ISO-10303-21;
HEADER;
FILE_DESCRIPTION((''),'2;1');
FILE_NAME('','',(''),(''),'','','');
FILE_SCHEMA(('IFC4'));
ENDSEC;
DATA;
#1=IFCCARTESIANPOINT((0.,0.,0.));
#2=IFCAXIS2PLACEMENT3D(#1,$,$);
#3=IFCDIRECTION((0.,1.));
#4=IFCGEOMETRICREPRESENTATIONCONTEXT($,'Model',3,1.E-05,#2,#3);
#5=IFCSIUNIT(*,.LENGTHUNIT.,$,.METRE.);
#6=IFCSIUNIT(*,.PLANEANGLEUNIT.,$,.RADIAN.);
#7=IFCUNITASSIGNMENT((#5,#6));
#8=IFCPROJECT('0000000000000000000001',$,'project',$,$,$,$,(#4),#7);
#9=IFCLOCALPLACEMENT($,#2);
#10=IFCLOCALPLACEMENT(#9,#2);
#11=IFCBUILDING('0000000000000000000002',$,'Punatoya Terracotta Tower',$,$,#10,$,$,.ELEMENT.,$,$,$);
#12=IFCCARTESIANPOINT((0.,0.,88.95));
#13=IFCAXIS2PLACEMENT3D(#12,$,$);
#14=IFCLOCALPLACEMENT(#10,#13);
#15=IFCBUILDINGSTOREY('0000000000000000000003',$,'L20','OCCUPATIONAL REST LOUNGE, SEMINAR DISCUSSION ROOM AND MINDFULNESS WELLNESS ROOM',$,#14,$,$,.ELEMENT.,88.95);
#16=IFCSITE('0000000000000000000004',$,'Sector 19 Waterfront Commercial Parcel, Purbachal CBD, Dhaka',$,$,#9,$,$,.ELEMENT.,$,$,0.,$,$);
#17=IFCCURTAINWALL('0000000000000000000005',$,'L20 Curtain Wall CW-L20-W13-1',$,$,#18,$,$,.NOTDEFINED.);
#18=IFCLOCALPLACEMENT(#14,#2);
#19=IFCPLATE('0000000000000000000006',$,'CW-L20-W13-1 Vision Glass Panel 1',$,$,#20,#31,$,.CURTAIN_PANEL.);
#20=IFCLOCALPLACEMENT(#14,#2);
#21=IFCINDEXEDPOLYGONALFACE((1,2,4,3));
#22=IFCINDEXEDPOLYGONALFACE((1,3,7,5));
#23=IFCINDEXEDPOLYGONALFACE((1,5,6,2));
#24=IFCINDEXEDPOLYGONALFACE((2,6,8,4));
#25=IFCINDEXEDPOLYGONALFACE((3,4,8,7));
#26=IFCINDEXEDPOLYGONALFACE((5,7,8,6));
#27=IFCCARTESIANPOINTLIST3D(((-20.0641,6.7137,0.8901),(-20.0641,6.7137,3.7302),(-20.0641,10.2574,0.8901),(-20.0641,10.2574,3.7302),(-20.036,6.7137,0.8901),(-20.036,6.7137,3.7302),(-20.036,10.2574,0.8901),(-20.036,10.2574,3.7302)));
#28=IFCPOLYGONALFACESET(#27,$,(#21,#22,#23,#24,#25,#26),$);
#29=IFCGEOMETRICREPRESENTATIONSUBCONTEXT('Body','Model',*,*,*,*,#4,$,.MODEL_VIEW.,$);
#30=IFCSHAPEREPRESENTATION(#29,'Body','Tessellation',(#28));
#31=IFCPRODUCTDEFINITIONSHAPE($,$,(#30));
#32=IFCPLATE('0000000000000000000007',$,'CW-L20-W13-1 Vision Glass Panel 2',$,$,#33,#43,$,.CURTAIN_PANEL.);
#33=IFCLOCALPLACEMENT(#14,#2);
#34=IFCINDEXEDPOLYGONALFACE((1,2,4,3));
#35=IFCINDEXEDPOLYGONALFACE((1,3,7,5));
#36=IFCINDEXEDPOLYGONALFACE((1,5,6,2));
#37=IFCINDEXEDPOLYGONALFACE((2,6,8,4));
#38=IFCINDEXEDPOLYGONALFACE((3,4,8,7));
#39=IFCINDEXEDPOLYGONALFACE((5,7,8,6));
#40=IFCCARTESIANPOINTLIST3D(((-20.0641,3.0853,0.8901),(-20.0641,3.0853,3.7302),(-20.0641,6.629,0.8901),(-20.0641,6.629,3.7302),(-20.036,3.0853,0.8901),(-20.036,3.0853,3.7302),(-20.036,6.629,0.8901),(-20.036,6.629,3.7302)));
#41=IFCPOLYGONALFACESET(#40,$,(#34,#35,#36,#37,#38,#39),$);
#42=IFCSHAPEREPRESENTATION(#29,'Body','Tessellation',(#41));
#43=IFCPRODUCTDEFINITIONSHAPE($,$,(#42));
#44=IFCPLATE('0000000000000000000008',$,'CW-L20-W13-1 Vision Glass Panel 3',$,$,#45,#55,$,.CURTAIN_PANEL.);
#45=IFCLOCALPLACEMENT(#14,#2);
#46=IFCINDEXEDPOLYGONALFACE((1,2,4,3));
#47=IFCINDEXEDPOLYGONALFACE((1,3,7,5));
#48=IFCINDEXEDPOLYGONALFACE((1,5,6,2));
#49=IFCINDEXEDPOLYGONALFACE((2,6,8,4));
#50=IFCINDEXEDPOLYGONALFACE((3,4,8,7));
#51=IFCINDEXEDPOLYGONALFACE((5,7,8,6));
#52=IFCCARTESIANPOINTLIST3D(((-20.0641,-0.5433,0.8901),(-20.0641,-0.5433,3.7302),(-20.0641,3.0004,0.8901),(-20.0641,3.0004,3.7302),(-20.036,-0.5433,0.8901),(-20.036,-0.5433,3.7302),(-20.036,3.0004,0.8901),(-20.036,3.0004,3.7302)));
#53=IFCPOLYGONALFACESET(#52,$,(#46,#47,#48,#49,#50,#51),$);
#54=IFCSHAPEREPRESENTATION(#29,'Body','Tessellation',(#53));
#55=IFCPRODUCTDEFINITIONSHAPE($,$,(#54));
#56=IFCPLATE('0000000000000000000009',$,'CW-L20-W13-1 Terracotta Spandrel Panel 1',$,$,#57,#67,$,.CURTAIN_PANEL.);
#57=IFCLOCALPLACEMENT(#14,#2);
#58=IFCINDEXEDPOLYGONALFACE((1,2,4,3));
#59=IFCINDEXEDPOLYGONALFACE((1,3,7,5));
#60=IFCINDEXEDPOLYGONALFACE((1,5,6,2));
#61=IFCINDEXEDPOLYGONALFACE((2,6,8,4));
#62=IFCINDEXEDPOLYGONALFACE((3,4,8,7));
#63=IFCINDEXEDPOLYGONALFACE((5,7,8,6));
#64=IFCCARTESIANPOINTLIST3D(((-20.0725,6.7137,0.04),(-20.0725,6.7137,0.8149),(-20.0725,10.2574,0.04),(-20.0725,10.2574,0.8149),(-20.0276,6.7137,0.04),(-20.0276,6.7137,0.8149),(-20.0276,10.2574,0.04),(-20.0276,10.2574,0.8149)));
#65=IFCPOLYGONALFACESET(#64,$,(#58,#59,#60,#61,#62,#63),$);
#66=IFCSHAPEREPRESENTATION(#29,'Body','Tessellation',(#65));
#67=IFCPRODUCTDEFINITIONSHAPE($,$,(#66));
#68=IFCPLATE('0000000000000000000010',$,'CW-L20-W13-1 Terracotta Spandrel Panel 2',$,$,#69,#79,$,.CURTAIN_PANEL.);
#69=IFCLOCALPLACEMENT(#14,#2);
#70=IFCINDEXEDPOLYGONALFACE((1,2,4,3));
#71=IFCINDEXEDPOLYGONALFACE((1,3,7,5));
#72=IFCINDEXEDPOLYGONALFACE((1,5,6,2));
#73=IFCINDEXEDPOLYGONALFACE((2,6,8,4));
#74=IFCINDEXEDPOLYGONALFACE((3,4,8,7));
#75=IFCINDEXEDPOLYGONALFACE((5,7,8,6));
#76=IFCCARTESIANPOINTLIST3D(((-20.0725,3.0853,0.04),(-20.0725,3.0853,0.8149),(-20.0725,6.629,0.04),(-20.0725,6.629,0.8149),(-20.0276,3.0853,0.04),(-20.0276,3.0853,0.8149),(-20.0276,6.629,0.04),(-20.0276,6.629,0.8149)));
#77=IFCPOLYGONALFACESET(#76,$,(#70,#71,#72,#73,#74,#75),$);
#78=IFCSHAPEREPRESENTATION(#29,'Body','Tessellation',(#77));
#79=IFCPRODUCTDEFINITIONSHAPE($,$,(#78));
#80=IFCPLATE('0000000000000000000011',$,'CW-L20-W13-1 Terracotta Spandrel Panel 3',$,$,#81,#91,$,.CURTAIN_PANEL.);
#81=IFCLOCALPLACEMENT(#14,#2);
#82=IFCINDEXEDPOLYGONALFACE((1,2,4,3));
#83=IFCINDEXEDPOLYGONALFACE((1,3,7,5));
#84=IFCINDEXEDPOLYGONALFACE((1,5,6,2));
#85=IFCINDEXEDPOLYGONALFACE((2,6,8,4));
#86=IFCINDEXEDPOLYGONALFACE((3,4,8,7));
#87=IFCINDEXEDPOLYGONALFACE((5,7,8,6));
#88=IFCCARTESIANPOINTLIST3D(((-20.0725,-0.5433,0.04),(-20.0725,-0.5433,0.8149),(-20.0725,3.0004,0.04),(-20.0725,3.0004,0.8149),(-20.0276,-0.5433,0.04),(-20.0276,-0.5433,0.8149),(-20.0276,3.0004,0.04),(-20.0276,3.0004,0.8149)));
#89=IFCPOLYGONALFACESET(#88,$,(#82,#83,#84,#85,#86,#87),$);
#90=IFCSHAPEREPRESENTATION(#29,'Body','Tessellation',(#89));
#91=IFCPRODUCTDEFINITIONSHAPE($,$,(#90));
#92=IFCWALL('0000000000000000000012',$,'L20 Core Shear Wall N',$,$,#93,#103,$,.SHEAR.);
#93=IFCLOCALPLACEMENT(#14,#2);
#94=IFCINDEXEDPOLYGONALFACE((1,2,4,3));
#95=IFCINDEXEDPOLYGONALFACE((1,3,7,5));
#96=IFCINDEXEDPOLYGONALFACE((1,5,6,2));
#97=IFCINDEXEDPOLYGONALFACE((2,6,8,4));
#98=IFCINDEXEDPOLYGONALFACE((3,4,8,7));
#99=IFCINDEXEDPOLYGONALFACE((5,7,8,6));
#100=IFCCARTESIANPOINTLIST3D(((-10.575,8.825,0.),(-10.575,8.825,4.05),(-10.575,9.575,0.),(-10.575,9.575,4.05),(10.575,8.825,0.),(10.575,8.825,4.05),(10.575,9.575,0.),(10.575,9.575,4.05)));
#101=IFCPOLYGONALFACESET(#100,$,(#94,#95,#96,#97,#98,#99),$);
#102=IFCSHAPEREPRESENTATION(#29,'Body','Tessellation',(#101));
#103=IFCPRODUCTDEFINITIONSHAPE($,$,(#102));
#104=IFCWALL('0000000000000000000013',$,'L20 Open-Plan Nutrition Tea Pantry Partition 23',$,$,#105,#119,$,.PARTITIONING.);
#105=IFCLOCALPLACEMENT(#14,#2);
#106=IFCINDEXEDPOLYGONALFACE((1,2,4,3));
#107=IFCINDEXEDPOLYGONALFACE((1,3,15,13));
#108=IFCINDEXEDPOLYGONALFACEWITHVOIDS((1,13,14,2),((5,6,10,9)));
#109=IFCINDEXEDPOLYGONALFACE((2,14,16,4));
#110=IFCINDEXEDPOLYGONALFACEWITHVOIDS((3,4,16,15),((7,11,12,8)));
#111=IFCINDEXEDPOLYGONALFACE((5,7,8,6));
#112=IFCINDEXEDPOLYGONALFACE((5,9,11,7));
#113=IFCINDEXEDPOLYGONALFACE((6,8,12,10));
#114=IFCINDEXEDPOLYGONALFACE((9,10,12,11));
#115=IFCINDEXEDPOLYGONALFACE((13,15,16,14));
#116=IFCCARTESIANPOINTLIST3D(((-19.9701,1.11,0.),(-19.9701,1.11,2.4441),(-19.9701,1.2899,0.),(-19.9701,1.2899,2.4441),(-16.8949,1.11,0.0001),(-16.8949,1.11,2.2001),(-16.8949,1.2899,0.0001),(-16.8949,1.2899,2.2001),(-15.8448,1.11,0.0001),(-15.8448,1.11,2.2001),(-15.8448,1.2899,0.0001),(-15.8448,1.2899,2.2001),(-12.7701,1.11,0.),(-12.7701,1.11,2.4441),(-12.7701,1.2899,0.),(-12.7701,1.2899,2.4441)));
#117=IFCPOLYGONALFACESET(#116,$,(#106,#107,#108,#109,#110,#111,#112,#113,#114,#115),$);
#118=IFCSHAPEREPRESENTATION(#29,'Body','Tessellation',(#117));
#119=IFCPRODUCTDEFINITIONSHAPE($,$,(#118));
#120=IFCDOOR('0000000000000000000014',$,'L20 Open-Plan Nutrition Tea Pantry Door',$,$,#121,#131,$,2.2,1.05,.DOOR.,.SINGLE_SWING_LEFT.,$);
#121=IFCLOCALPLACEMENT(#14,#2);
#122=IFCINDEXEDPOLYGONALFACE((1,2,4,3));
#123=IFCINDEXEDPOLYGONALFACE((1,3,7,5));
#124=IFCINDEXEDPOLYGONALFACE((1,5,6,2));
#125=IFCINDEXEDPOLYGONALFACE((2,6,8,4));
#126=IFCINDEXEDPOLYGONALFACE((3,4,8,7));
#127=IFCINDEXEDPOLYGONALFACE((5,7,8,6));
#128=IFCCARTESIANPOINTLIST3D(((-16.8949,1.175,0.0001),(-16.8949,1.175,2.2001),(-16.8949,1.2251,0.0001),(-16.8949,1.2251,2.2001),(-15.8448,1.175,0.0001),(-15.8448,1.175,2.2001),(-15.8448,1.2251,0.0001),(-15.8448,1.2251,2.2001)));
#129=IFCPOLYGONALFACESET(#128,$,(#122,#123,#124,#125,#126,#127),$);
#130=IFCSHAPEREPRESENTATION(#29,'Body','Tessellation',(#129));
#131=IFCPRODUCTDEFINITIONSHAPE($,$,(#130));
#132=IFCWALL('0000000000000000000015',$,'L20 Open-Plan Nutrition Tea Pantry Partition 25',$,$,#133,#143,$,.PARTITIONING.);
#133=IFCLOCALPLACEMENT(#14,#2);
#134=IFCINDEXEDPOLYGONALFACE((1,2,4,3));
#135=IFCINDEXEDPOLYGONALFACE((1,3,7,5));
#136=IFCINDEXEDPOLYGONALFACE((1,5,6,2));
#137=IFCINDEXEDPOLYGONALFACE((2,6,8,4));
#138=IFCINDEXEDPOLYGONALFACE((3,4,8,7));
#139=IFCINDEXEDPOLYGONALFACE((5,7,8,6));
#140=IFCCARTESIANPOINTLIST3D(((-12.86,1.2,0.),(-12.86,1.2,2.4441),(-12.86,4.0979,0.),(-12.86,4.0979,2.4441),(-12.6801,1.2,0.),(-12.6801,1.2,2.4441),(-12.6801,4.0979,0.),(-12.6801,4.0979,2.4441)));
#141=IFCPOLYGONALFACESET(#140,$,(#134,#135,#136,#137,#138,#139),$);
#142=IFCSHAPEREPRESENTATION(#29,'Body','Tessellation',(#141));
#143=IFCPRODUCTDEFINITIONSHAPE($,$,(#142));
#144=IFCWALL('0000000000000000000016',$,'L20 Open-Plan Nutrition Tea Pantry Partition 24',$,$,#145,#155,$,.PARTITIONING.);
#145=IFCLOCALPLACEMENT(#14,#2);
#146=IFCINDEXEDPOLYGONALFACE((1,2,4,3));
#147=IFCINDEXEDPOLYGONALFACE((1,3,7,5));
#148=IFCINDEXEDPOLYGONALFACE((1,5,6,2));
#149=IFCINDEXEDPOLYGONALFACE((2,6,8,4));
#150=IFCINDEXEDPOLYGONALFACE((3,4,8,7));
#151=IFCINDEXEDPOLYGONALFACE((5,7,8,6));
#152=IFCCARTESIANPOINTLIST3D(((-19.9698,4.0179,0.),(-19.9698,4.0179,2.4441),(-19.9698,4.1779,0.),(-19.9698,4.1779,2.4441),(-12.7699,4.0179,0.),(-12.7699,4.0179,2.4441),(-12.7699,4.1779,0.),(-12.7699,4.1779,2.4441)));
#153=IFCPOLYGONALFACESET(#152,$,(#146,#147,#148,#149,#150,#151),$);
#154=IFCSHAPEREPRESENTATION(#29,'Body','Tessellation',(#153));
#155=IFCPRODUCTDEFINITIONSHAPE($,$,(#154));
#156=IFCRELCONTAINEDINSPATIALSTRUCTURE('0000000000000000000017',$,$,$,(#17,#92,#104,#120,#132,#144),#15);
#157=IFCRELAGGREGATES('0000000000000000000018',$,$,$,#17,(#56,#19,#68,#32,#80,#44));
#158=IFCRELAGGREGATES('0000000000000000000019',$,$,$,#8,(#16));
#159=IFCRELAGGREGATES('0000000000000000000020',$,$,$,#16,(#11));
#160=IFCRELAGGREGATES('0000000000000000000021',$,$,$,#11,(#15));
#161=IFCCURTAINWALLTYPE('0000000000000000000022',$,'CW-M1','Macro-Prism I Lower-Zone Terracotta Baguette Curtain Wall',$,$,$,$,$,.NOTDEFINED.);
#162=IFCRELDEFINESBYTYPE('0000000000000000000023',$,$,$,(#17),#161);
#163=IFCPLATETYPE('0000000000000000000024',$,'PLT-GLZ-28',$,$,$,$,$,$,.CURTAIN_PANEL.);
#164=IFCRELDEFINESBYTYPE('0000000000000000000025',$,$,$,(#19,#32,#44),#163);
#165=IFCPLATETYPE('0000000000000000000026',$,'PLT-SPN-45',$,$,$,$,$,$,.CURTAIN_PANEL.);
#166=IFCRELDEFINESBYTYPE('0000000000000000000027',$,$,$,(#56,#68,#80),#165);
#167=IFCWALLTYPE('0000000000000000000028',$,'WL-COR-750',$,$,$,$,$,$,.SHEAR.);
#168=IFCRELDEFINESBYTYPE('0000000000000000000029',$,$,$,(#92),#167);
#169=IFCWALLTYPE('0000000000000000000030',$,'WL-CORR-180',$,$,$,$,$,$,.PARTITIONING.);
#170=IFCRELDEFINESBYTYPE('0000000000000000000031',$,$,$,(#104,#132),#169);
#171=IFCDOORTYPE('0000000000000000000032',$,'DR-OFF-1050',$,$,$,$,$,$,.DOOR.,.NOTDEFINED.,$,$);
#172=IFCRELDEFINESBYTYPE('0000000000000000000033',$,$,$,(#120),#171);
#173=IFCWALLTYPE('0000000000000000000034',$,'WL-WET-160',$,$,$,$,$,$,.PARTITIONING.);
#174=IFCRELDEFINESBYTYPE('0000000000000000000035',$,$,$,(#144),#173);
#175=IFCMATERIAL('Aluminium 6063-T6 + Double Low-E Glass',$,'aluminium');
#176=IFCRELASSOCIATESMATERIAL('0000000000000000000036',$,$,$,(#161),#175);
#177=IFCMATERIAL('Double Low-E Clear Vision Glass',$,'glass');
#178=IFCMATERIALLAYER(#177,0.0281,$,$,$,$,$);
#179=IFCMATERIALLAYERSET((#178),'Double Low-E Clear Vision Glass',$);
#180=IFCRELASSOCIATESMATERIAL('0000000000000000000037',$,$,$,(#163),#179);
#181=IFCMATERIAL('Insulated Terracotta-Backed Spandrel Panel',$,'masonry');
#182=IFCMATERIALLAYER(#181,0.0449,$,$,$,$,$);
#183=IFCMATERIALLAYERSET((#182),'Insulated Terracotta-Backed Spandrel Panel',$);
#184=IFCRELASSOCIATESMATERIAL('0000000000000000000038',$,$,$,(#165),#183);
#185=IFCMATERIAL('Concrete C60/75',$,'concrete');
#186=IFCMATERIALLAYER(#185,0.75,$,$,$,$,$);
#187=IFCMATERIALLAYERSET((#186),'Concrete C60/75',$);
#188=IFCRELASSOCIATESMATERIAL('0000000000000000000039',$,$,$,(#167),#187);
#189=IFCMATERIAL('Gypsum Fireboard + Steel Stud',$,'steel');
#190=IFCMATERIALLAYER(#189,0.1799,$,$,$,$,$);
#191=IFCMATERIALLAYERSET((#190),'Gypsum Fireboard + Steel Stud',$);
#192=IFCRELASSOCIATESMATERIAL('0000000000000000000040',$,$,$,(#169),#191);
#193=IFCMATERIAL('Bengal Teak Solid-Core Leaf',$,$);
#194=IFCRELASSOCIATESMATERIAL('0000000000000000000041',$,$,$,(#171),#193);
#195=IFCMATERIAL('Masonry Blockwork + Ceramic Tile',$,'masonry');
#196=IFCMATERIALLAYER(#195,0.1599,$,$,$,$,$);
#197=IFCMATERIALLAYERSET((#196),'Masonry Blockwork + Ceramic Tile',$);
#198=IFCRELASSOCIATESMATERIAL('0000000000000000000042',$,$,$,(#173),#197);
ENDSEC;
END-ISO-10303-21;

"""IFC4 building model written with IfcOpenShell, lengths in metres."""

from ifc_helpers import new_model, si_unit, direction, frame, frame_2d, origin, origin_2d, place, context, subcontext, project, spatial, rectangle, extrude, material, layer, layer_set, type_object, element, fill, aggregate, save


model = new_model("IFC4")

# Units and contexts
model_context = context("Model", 3, precision=1e-05, world=origin(), true_north=direction((0.0, 1.0)))
body_context = subcontext(model_context, "Body", "Model", "MODEL_VIEW")
ifc_project = project(units=[si_unit("LENGTHUNIT", "METRE"), si_unit("PLANEANGLEUNIT", "RADIAN")], contexts=[model_context])

# Site, building, storey
site_placement = place(None, origin())
site = spatial("IfcSite", under=ifc_project, at=site_placement, Name="Sector 19 Waterfront Commercial Parcel, Purbachal CBD, Dhaka", CompositionType="ELEMENT", RefElevation=0.0)
building_placement = place(site_placement, origin())
building = spatial("IfcBuilding", under=site, at=building_placement, Name="Punatoya Terracotta Tower", CompositionType="ELEMENT")
storey_placement = place(building_placement, frame((0.0, 0.0, 88.95)))
storey = spatial("IfcBuildingStorey", under=building, at=storey_placement, Name="L20", Description="OCCUPATIONAL REST LOUNGE, SEMINAR DISCUSSION ROOM AND MINDFULNESS WELLNESS ROOM", CompositionType="ELEMENT", Elevation=88.95)

# Curtain wall, plates
ifc_material_1 = material(Name="Aluminium 6063-T6 + Double Low-E Glass", Category="aluminium")
curtain_wall_type = type_object("IfcCurtainWallType", Name="CW-M1", Description="Macro-Prism I Lower-Zone Terracotta Baguette Curtain Wall", PredefinedType="NOTDEFINED", material=ifc_material_1)
curtain_wall_placement = place(storey_placement, origin())
curtain_wall = element("IfcCurtainWall", 1, at=curtain_wall_placement, inside=storey, type_object=curtain_wall_type, Name="L20 Curtain Wall CW-L20-W13-1", PredefinedType="NOTDEFINED")
ifc_material_2 = material(Name="Double Low-E Clear Vision Glass", Category="glass")
ifc_layer_1 = layer(ifc_material_2, 0.0281)
ifc_layer_set_1 = layer_set([ifc_layer_1], Name="Double Low-E Clear Vision Glass")
plate_type_1 = type_object("IfcPlateType", Name="PLT-GLZ-28", PredefinedType="CURTAIN_PANEL", material=ifc_layer_set_1)
plate_1_placement = place(storey_placement, frame((-20.05, 8.4856, 0.8901), z_axis=(0.0, 0.0, 1.0), x_axis=(0.0, -1.0, 0.0)))
plate_1 = element("IfcPlate", 2, at=plate_1_placement, type_object=plate_type_1, Name="CW-L20-W13-1 Vision Glass Panel 1", PredefinedType="CURTAIN_PANEL", context=body_context, shape_type="SweptSolid", body=[
    extrude(rectangle(XDim=3.5437, YDim=0.0281, at=origin_2d()), origin(), (0.0, 0.0, 1.0), 2.8401),
])
plate_2_placement = place(storey_placement, frame((-20.05, 4.8572, 0.8901), z_axis=(0.0, 0.0, 1.0), x_axis=(0.0, -1.0, 0.0)))
plate_2 = element("IfcPlate", 3, at=plate_2_placement, type_object=plate_type_1, Name="CW-L20-W13-1 Vision Glass Panel 2", PredefinedType="CURTAIN_PANEL", context=body_context, shape_type="SweptSolid", body=[
    extrude(rectangle(XDim=3.5437, YDim=0.0281, at=origin_2d()), origin(), (0.0, 0.0, 1.0), 2.8401),
])
plate_3_placement = place(storey_placement, frame((-20.05, 1.2285, 0.8901), z_axis=(0.0, 0.0, 1.0), x_axis=(0.0, -1.0, 0.0)))
plate_3 = element("IfcPlate", 4, at=plate_3_placement, type_object=plate_type_1, Name="CW-L20-W13-1 Vision Glass Panel 3", PredefinedType="CURTAIN_PANEL", context=body_context, shape_type="SweptSolid", body=[
    extrude(rectangle(XDim=3.5437, YDim=0.0281, at=origin_2d()), origin(), (0.0, 0.0, 1.0), 2.8401),
])
ifc_material_3 = material(Name="Insulated Terracotta-Backed Spandrel Panel", Category="masonry")
ifc_layer_2 = layer(ifc_material_3, 0.0449)
ifc_layer_set_2 = layer_set([ifc_layer_2], Name="Insulated Terracotta-Backed Spandrel Panel")
plate_type_2 = type_object("IfcPlateType", Name="PLT-SPN-45", PredefinedType="CURTAIN_PANEL", material=ifc_layer_set_2)
plate_4_placement = place(storey_placement, frame((-20.05, 8.4856, 0.04), z_axis=(0.0, 0.0, 1.0), x_axis=(0.0, -1.0, 0.0)))
plate_4 = element("IfcPlate", 5, at=plate_4_placement, type_object=plate_type_2, Name="CW-L20-W13-1 Terracotta Spandrel Panel 1", PredefinedType="CURTAIN_PANEL", context=body_context, shape_type="SweptSolid", body=[
    extrude(rectangle(XDim=3.5437, YDim=0.0449, at=origin_2d()), origin(), (0.0, 0.0, 1.0), 0.7749),
])
plate_5_placement = place(storey_placement, frame((-20.05, 4.8572, 0.04), z_axis=(0.0, 0.0, 1.0), x_axis=(0.0, -1.0, 0.0)))
plate_5 = element("IfcPlate", 6, at=plate_5_placement, type_object=plate_type_2, Name="CW-L20-W13-1 Terracotta Spandrel Panel 2", PredefinedType="CURTAIN_PANEL", context=body_context, shape_type="SweptSolid", body=[
    extrude(rectangle(XDim=3.5437, YDim=0.0449, at=origin_2d()), origin(), (0.0, 0.0, 1.0), 0.7749),
])
plate_6_placement = place(storey_placement, frame((-20.05, 1.2285, 0.04), z_axis=(0.0, 0.0, 1.0), x_axis=(0.0, -1.0, 0.0)))
plate_6 = element("IfcPlate", 7, at=plate_6_placement, type_object=plate_type_2, Name="CW-L20-W13-1 Terracotta Spandrel Panel 3", PredefinedType="CURTAIN_PANEL", context=body_context, shape_type="SweptSolid", body=[
    extrude(rectangle(XDim=3.5437, YDim=0.0449, at=origin_2d()), origin(), (0.0, 0.0, 1.0), 0.7749),
])
aggregate(curtain_wall, [plate_4, plate_1, plate_5, plate_2, plate_6, plate_3])

# Wall
ifc_material_4 = material(Name="Concrete C60/75", Category="concrete")
ifc_layer_3 = layer(ifc_material_4, 0.75)
ifc_layer_set_3 = layer_set([ifc_layer_3], Name="Concrete C60/75")
wall_type_1 = type_object("IfcWallType", Name="WL-COR-750", PredefinedType="SHEAR", material=ifc_layer_set_3)
wall_1_placement = place(storey_placement, frame((-10.575, 9.2, 0.0), z_axis=(0.0, 0.0, 1.0), x_axis=(1.0, 0.0, 0.0)))
element("IfcWall", 8, at=wall_1_placement, inside=storey, type_object=wall_type_1, Name="L20 Core Shear Wall N", PredefinedType="SHEAR", context=body_context, shape_type="SweptSolid", body=[
    extrude(rectangle(XDim=21.1499, YDim=0.75, at=frame_2d((10.575, 0.0))), origin(), (0.0, 0.0, 1.0), 4.05),
])

# Wall, opening, door
ifc_material_5 = material(Name="Gypsum Fireboard + Steel Stud", Category="steel")
ifc_layer_4 = layer(ifc_material_5, 0.1799)
ifc_layer_set_4 = layer_set([ifc_layer_4], Name="Gypsum Fireboard + Steel Stud")
wall_type_2 = type_object("IfcWallType", Name="WL-CORR-180", PredefinedType="PARTITIONING", material=ifc_layer_set_4)
wall_2_placement = place(storey_placement, frame((-12.77, 1.2, 0.0), z_axis=(0.0, 0.0, 1.0), x_axis=(-1.0, 0.0, 0.0)))
wall_2 = element("IfcWall", 9, at=wall_2_placement, inside=storey, type_object=wall_type_2, Name="L20 Open-Plan Nutrition Tea Pantry Partition 23", PredefinedType="PARTITIONING", context=body_context, shape_type="SweptSolid", body=[
    extrude(rectangle(XDim=7.2, YDim=0.1799, at=frame_2d((3.6001, 0.0))), origin(), (0.0, 0.0, 1.0), 2.4441),
])
opening_placement = place(wall_2_placement, frame((3.075, 0.0, 0.0)))
opening = element("IfcOpeningElement", 10, at=opening_placement, cuts=wall_2, PredefinedType="OPENING", context=body_context, shape_type="SweptSolid", body=[
    extrude(rectangle(XDim=1.05, YDim=2.2, at=frame_2d((0.5249, 1.1001))), frame((0.0, 0.0999, 0.0), z_axis=(0.0, -1.0, 0.0), x_axis=(1.0, 0.0, 0.0)), (0.0, 0.0, 1.0), 0.2),
])
ifc_material_6 = material(Name="Bengal Teak Solid-Core Leaf")
door_type = type_object("IfcDoorType", Name="DR-OFF-1050", OperationType="NOTDEFINED", PredefinedType="DOOR", material=ifc_material_6)
door_placement = place(opening_placement, origin())
door = element("IfcDoor", 11, at=door_placement, inside=storey, type_object=door_type, Name="L20 Open-Plan Nutrition Tea Pantry Door", OperationType="SINGLE_SWING_LEFT", OverallHeight=2.2, OverallWidth=1.05, PredefinedType="DOOR", context=body_context, shape_type="SweptSolid", body=[
    extrude(rectangle(XDim=1.05, YDim=2.2, at=frame_2d((0.5249, 1.1001))), frame((0.0, 0.0249, 0.0), z_axis=(0.0, -1.0, 0.0), x_axis=(1.0, 0.0, 0.0)), (0.0, 0.0, 1.0), 0.05),
])
fill(opening, door)

# Walls
wall_3_placement = place(storey_placement, frame((-12.77, 4.0979, 0.0), z_axis=(0.0, 0.0, 1.0), x_axis=(0.0, -1.0, 0.0)))
element("IfcWall", 12, at=wall_3_placement, inside=storey, type_object=wall_type_2, Name="L20 Open-Plan Nutrition Tea Pantry Partition 25", PredefinedType="PARTITIONING", context=body_context, shape_type="SweptSolid", body=[
    extrude(rectangle(XDim=2.8979, YDim=0.1799, at=frame_2d((1.449, 0.0))), origin(), (0.0, 0.0, 1.0), 2.4441),
])
ifc_material_7 = material(Name="Masonry Blockwork + Ceramic Tile", Category="masonry")
ifc_layer_5 = layer(ifc_material_7, 0.1599)
ifc_layer_set_5 = layer_set([ifc_layer_5], Name="Masonry Blockwork + Ceramic Tile")
wall_type_3 = type_object("IfcWallType", Name="WL-WET-160", PredefinedType="PARTITIONING", material=ifc_layer_set_5)
wall_4_placement = place(storey_placement, frame((-19.97, 4.0979, 0.0), z_axis=(0.0, 0.0, 1.0), x_axis=(1.0, 0.0, 0.0)))
element("IfcWall", 13, at=wall_4_placement, inside=storey, type_object=wall_type_3, Name="L20 Open-Plan Nutrition Tea Pantry Partition 24", PredefinedType="PARTITIONING", context=body_context, shape_type="SweptSolid", body=[
    extrude(rectangle(XDim=7.2, YDim=0.1599, at=frame_2d((3.6001, 0.0))), origin(), (0.0, 0.0, 1.0), 2.4441),
])

save(model, "model.ifc")
